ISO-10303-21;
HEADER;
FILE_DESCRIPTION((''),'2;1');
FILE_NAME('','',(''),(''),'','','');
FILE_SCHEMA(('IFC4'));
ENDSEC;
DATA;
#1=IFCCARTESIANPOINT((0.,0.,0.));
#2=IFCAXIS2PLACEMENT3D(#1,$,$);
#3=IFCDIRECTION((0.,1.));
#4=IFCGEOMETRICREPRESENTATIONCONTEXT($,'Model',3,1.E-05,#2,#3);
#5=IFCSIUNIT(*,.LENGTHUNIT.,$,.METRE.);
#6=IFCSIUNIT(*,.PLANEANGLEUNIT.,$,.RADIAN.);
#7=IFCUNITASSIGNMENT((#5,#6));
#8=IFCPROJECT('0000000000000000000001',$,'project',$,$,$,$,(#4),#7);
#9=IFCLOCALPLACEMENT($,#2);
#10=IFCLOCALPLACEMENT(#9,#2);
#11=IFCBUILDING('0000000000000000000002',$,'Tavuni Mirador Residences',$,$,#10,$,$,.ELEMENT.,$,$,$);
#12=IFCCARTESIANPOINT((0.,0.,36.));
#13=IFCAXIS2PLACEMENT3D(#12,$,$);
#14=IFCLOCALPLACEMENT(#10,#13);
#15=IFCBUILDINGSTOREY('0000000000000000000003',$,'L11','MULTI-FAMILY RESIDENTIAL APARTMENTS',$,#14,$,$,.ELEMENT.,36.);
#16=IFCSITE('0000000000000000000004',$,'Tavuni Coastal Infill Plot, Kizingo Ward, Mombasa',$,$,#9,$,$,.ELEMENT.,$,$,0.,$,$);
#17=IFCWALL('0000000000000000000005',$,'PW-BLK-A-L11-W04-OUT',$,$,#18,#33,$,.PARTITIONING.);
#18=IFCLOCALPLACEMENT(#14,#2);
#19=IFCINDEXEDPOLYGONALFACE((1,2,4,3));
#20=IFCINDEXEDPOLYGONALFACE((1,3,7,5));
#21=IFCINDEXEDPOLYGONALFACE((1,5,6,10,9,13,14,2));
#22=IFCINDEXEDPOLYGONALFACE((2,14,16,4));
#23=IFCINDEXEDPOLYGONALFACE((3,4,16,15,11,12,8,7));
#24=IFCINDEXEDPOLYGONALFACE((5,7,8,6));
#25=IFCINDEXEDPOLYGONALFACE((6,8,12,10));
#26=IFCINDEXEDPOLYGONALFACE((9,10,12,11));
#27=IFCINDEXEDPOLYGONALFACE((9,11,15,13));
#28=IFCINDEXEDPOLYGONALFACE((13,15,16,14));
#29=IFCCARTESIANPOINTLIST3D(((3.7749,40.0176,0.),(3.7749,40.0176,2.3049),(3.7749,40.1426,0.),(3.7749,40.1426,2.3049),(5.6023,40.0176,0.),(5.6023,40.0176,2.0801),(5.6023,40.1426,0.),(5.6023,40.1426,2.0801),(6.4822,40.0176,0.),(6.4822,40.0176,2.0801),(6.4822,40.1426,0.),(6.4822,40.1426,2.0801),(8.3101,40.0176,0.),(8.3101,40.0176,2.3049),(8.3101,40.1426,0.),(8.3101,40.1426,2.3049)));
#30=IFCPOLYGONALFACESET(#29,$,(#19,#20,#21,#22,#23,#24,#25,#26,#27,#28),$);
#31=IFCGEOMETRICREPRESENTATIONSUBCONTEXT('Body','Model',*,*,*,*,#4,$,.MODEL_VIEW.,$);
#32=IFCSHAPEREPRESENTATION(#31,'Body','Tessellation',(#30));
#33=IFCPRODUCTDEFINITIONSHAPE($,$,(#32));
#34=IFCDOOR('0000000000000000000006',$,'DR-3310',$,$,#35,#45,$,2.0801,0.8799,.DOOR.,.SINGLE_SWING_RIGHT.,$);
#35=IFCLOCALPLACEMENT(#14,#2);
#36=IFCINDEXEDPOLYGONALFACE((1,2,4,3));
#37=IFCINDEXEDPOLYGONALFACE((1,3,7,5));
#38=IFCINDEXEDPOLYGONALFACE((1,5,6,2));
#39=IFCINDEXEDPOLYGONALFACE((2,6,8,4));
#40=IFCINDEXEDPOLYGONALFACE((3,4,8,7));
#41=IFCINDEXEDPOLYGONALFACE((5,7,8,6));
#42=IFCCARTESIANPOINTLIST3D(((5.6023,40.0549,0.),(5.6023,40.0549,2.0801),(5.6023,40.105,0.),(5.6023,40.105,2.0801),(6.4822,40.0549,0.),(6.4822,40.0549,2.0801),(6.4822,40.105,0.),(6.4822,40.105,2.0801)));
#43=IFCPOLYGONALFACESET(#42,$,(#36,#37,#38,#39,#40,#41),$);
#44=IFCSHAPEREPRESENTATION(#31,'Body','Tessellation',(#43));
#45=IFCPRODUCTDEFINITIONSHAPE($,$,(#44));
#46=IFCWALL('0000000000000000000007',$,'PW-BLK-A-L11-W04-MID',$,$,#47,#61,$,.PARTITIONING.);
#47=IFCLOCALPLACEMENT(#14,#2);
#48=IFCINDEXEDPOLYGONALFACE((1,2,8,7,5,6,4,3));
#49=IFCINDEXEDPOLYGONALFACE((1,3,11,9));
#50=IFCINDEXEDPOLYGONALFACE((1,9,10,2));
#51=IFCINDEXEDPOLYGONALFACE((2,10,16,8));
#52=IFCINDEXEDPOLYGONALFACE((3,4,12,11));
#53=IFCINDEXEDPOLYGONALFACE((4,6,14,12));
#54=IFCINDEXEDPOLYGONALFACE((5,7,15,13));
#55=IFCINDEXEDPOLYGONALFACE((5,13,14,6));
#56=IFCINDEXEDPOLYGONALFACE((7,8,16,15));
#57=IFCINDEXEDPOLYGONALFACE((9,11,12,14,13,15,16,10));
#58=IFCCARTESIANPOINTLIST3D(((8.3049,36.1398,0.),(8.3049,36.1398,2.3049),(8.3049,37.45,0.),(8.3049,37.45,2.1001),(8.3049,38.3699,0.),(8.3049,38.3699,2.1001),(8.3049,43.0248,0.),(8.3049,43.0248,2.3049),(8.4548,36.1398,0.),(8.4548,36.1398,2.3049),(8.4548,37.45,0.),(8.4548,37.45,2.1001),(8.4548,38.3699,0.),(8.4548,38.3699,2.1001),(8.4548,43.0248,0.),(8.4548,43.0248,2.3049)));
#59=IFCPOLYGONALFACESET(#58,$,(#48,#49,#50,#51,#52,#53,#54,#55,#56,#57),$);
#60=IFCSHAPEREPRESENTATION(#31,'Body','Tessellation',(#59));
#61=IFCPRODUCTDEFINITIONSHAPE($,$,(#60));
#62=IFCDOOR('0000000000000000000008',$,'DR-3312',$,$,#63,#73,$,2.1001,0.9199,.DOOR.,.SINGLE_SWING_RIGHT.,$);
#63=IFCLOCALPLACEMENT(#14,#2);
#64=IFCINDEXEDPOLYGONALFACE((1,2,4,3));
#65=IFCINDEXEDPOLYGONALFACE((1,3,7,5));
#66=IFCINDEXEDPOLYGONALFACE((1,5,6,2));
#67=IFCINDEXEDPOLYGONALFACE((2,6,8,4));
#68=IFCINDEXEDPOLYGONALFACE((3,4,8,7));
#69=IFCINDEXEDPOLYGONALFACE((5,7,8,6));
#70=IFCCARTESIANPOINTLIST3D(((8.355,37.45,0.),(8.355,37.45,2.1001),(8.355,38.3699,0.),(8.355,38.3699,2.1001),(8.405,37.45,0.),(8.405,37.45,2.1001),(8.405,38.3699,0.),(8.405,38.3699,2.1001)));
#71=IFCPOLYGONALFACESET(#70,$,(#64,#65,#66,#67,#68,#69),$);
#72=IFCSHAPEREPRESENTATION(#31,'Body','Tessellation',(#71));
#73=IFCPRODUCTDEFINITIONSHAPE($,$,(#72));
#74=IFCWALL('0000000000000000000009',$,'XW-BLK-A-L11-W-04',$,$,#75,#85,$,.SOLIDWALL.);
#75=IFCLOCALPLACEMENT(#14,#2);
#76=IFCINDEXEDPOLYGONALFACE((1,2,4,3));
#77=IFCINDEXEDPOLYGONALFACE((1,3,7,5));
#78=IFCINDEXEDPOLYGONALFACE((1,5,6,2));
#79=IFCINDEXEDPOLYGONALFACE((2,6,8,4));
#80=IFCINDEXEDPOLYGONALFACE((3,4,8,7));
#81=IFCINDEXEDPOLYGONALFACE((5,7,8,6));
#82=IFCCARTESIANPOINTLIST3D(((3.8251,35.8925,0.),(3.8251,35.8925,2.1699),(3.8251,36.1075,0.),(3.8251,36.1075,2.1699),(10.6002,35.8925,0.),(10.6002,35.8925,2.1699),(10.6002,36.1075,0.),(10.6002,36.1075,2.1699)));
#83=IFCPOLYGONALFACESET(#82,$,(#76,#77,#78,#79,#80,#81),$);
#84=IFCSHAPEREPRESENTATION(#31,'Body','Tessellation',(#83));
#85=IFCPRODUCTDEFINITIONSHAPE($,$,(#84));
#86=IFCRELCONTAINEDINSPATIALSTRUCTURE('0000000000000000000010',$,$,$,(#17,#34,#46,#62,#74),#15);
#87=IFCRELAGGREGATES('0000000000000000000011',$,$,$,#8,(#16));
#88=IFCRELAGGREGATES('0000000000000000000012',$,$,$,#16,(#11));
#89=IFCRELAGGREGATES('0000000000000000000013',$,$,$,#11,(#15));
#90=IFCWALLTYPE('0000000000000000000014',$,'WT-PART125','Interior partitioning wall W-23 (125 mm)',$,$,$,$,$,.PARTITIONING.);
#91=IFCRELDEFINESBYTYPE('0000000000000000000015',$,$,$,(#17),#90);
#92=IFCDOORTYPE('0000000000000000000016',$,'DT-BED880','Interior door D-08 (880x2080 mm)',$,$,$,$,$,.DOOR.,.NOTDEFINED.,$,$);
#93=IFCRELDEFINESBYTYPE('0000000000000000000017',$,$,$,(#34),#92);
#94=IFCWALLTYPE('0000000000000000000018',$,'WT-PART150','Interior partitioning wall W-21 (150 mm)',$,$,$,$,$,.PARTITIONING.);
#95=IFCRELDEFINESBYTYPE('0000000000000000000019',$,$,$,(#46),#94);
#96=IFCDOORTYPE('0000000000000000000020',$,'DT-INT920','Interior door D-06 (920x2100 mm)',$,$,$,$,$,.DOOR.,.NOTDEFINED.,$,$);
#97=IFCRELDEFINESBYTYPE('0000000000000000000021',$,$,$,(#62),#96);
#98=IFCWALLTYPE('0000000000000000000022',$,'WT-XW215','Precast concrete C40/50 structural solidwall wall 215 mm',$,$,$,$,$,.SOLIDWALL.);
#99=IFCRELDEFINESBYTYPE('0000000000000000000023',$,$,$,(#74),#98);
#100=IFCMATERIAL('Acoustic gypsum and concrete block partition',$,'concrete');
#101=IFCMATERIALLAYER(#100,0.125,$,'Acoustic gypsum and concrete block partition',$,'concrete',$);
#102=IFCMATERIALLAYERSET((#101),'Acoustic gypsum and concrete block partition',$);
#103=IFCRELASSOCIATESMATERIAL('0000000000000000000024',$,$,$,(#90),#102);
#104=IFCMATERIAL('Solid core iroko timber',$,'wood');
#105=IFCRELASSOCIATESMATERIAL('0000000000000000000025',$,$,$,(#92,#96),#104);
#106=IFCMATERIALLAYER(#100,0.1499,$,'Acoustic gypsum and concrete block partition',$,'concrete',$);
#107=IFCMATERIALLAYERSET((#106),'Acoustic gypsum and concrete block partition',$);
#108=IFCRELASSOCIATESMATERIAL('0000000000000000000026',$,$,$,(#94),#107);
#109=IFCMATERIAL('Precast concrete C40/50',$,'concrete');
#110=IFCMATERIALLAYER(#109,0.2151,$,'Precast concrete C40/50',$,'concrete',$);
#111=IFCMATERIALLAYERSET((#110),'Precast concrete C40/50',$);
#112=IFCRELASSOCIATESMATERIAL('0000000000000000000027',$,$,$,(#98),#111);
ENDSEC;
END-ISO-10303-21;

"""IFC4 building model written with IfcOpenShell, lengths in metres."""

from ifc_helpers import new_model, si_unit, direction, frame, frame_2d, origin, place, context, subcontext, project, spatial, rectangle, extrude, material, layer, layer_set, type_object, element, fill, save


model = new_model("IFC4")

# Units and contexts
model_context = context("Model", 3, precision=1e-05, world=origin(), true_north=direction((0.0, 1.0)))
body_context = subcontext(model_context, "Body", "Model", "MODEL_VIEW")
ifc_project = project(units=[si_unit("LENGTHUNIT", "METRE"), si_unit("PLANEANGLEUNIT", "RADIAN")], contexts=[model_context])

# Site, building, storey
site_placement = place(None, origin())
site = spatial("IfcSite", under=ifc_project, at=site_placement, Name="Tavuni Coastal Infill Plot, Kizingo Ward, Mombasa", CompositionType="ELEMENT", RefElevation=0.0)
building_placement = place(site_placement, origin())
building = spatial("IfcBuilding", under=site, at=building_placement, Name="Tavuni Mirador Residences", CompositionType="ELEMENT")
storey_placement = place(building_placement, frame((0.0, 0.0, 36.0)))
storey = spatial("IfcBuildingStorey", under=building, at=storey_placement, Name="L11", Description="MULTI-FAMILY RESIDENTIAL APARTMENTS", CompositionType="ELEMENT", Elevation=36.0)

# Shared definitions
ifc_material_1 = material(Name="Precast concrete C40/50", Category="concrete")

# Walls, openings, doors
ifc_material_2 = material(Name="Acoustic gypsum and concrete block partition", Category="concrete")
ifc_material_3 = material(Name="Solid core iroko timber", Category="wood")
ifc_layer_1 = layer(ifc_material_2, 0.125, Name="Acoustic gypsum and concrete block partition", Category="concrete")
ifc_layer_set_1 = layer_set([ifc_layer_1], Name="Acoustic gypsum and concrete block partition")
wall_type_1 = type_object("IfcWallType", Name="WT-PART125", Description="Interior partitioning wall W-23 (125 mm)", PredefinedType="PARTITIONING", material=ifc_layer_set_1)
wall_1_placement = place(storey_placement, frame((3.7749, 40.0801, 0.0), z_axis=(0.0, 0.0, 1.0), x_axis=(1.0, 0.0, 0.0)))
wall_1 = element("IfcWall", 1, at=wall_1_placement, inside=storey, type_object=wall_type_1, Name="PW-BLK-A-L11-W04-OUT", PredefinedType="PARTITIONING", context=body_context, shape_type="SweptSolid", body=[
    extrude(rectangle(XDim=4.5352, YDim=0.125, at=frame_2d((2.2676, 0.0))), origin(), (0.0, 0.0, 1.0), 2.3049),
])
opening_1_placement = place(wall_1_placement, frame((1.8274, 0.0, 0.0)))
opening_1 = element("IfcOpeningElement", 2, at=opening_1_placement, cuts=wall_1, PredefinedType="OPENING", context=body_context, shape_type="SweptSolid", body=[
    extrude(rectangle(XDim=0.8799, YDim=2.0801, at=frame_2d((0.4399, 1.04))), frame((0.0, 0.0725, 0.0), z_axis=(0.0, -1.0, 0.0), x_axis=(1.0, 0.0, 0.0)), (0.0, 0.0, 1.0), 0.145),
])
door_type_1 = type_object("IfcDoorType", Name="DT-BED880", Description="Interior door D-08 (880x2080 mm)", OperationType="NOTDEFINED", PredefinedType="DOOR", material=ifc_material_3)
door_1_placement = place(opening_1_placement, origin())
door_1 = element("IfcDoor", 3, at=door_1_placement, inside=storey, type_object=door_type_1, Name="DR-3310", OperationType="SINGLE_SWING_RIGHT", OverallHeight=2.0801, OverallWidth=0.8799, PredefinedType="DOOR", context=body_context, shape_type="SweptSolid", body=[
    extrude(rectangle(XDim=0.8799, YDim=2.0801, at=frame_2d((0.4399, 1.04))), frame((0.0, 0.0249, 0.0), z_axis=(0.0, -1.0, 0.0), x_axis=(1.0, 0.0, 0.0)), (0.0, 0.0, 1.0), 0.05),
])
fill(opening_1, door_1)
ifc_layer_2 = layer(ifc_material_2, 0.1499, Name="Acoustic gypsum and concrete block partition", Category="concrete")
ifc_layer_set_2 = layer_set([ifc_layer_2], Name="Acoustic gypsum and concrete block partition")
wall_type_2 = type_object("IfcWallType", Name="WT-PART150", Description="Interior partitioning wall W-21 (150 mm)", PredefinedType="PARTITIONING", material=ifc_layer_set_2)
wall_2_placement = place(storey_placement, frame((8.3799, 36.1399, 0.0), z_axis=(0.0, 0.0, 1.0), x_axis=(0.0, 1.0, 0.0)))
wall_2 = element("IfcWall", 4, at=wall_2_placement, inside=storey, type_object=wall_type_2, Name="PW-BLK-A-L11-W04-MID", PredefinedType="PARTITIONING", context=body_context, shape_type="SweptSolid", body=[
    extrude(rectangle(XDim=6.885, YDim=0.1499, at=frame_2d((3.4424, 0.0))), origin(), (0.0, 0.0, 1.0), 2.3049),
])
opening_2_placement = place(wall_2_placement, frame((1.3101, 0.0, 0.0)))
opening_2 = element("IfcOpeningElement", 5, at=opening_2_placement, cuts=wall_2, PredefinedType="OPENING", context=body_context, shape_type="SweptSolid", body=[
    extrude(rectangle(XDim=0.9199, YDim=2.1001, at=frame_2d((0.46, 1.05))), frame((0.0, 0.085, 0.0), z_axis=(0.0, -1.0, 0.0), x_axis=(1.0, 0.0, 0.0)), (0.0, 0.0, 1.0), 0.1699),
])
door_type_2 = type_object("IfcDoorType", Name="DT-INT920", Description="Interior door D-06 (920x2100 mm)", OperationType="NOTDEFINED", PredefinedType="DOOR", material=ifc_material_3)
door_2_placement = place(opening_2_placement, origin())
door_2 = element("IfcDoor", 6, at=door_2_placement, inside=storey, type_object=door_type_2, Name="DR-3312", OperationType="SINGLE_SWING_RIGHT", OverallHeight=2.1001, OverallWidth=0.9199, PredefinedType="DOOR", context=body_context, shape_type="SweptSolid", body=[
    extrude(rectangle(XDim=0.9199, YDim=2.1001, at=frame_2d((0.46, 1.05))), frame((0.0, 0.0249, 0.0), z_axis=(0.0, -1.0, 0.0), x_axis=(1.0, 0.0, 0.0)), (0.0, 0.0, 1.0), 0.05),
])
fill(opening_2, door_2)

# Wall
ifc_layer_3 = layer(ifc_material_1, 0.2151, Name="Precast concrete C40/50", Category="concrete")
ifc_layer_set_3 = layer_set([ifc_layer_3], Name="Precast concrete C40/50")
wall_type_3 = type_object("IfcWallType", Name="WT-XW215", Description="Precast concrete C40/50 structural solidwall wall 215 mm", PredefinedType="SOLIDWALL", material=ifc_layer_set_3)
wall_3_placement = place(storey_placement, frame((3.825, 36.0, 0.0), z_axis=(0.0, 0.0, 1.0), x_axis=(1.0, 0.0, 0.0)))
element("IfcWall", 7, at=wall_3_placement, inside=storey, type_object=wall_type_3, Name="XW-BLK-A-L11-W-04", PredefinedType="SOLIDWALL", context=body_context, shape_type="SweptSolid", body=[
    extrude(rectangle(XDim=6.7751, YDim=0.2151, at=frame_2d((3.3877, 0.0))), origin(), (0.0, 0.0, 1.0), 2.1699),
])

save(model, "model.ifc")
